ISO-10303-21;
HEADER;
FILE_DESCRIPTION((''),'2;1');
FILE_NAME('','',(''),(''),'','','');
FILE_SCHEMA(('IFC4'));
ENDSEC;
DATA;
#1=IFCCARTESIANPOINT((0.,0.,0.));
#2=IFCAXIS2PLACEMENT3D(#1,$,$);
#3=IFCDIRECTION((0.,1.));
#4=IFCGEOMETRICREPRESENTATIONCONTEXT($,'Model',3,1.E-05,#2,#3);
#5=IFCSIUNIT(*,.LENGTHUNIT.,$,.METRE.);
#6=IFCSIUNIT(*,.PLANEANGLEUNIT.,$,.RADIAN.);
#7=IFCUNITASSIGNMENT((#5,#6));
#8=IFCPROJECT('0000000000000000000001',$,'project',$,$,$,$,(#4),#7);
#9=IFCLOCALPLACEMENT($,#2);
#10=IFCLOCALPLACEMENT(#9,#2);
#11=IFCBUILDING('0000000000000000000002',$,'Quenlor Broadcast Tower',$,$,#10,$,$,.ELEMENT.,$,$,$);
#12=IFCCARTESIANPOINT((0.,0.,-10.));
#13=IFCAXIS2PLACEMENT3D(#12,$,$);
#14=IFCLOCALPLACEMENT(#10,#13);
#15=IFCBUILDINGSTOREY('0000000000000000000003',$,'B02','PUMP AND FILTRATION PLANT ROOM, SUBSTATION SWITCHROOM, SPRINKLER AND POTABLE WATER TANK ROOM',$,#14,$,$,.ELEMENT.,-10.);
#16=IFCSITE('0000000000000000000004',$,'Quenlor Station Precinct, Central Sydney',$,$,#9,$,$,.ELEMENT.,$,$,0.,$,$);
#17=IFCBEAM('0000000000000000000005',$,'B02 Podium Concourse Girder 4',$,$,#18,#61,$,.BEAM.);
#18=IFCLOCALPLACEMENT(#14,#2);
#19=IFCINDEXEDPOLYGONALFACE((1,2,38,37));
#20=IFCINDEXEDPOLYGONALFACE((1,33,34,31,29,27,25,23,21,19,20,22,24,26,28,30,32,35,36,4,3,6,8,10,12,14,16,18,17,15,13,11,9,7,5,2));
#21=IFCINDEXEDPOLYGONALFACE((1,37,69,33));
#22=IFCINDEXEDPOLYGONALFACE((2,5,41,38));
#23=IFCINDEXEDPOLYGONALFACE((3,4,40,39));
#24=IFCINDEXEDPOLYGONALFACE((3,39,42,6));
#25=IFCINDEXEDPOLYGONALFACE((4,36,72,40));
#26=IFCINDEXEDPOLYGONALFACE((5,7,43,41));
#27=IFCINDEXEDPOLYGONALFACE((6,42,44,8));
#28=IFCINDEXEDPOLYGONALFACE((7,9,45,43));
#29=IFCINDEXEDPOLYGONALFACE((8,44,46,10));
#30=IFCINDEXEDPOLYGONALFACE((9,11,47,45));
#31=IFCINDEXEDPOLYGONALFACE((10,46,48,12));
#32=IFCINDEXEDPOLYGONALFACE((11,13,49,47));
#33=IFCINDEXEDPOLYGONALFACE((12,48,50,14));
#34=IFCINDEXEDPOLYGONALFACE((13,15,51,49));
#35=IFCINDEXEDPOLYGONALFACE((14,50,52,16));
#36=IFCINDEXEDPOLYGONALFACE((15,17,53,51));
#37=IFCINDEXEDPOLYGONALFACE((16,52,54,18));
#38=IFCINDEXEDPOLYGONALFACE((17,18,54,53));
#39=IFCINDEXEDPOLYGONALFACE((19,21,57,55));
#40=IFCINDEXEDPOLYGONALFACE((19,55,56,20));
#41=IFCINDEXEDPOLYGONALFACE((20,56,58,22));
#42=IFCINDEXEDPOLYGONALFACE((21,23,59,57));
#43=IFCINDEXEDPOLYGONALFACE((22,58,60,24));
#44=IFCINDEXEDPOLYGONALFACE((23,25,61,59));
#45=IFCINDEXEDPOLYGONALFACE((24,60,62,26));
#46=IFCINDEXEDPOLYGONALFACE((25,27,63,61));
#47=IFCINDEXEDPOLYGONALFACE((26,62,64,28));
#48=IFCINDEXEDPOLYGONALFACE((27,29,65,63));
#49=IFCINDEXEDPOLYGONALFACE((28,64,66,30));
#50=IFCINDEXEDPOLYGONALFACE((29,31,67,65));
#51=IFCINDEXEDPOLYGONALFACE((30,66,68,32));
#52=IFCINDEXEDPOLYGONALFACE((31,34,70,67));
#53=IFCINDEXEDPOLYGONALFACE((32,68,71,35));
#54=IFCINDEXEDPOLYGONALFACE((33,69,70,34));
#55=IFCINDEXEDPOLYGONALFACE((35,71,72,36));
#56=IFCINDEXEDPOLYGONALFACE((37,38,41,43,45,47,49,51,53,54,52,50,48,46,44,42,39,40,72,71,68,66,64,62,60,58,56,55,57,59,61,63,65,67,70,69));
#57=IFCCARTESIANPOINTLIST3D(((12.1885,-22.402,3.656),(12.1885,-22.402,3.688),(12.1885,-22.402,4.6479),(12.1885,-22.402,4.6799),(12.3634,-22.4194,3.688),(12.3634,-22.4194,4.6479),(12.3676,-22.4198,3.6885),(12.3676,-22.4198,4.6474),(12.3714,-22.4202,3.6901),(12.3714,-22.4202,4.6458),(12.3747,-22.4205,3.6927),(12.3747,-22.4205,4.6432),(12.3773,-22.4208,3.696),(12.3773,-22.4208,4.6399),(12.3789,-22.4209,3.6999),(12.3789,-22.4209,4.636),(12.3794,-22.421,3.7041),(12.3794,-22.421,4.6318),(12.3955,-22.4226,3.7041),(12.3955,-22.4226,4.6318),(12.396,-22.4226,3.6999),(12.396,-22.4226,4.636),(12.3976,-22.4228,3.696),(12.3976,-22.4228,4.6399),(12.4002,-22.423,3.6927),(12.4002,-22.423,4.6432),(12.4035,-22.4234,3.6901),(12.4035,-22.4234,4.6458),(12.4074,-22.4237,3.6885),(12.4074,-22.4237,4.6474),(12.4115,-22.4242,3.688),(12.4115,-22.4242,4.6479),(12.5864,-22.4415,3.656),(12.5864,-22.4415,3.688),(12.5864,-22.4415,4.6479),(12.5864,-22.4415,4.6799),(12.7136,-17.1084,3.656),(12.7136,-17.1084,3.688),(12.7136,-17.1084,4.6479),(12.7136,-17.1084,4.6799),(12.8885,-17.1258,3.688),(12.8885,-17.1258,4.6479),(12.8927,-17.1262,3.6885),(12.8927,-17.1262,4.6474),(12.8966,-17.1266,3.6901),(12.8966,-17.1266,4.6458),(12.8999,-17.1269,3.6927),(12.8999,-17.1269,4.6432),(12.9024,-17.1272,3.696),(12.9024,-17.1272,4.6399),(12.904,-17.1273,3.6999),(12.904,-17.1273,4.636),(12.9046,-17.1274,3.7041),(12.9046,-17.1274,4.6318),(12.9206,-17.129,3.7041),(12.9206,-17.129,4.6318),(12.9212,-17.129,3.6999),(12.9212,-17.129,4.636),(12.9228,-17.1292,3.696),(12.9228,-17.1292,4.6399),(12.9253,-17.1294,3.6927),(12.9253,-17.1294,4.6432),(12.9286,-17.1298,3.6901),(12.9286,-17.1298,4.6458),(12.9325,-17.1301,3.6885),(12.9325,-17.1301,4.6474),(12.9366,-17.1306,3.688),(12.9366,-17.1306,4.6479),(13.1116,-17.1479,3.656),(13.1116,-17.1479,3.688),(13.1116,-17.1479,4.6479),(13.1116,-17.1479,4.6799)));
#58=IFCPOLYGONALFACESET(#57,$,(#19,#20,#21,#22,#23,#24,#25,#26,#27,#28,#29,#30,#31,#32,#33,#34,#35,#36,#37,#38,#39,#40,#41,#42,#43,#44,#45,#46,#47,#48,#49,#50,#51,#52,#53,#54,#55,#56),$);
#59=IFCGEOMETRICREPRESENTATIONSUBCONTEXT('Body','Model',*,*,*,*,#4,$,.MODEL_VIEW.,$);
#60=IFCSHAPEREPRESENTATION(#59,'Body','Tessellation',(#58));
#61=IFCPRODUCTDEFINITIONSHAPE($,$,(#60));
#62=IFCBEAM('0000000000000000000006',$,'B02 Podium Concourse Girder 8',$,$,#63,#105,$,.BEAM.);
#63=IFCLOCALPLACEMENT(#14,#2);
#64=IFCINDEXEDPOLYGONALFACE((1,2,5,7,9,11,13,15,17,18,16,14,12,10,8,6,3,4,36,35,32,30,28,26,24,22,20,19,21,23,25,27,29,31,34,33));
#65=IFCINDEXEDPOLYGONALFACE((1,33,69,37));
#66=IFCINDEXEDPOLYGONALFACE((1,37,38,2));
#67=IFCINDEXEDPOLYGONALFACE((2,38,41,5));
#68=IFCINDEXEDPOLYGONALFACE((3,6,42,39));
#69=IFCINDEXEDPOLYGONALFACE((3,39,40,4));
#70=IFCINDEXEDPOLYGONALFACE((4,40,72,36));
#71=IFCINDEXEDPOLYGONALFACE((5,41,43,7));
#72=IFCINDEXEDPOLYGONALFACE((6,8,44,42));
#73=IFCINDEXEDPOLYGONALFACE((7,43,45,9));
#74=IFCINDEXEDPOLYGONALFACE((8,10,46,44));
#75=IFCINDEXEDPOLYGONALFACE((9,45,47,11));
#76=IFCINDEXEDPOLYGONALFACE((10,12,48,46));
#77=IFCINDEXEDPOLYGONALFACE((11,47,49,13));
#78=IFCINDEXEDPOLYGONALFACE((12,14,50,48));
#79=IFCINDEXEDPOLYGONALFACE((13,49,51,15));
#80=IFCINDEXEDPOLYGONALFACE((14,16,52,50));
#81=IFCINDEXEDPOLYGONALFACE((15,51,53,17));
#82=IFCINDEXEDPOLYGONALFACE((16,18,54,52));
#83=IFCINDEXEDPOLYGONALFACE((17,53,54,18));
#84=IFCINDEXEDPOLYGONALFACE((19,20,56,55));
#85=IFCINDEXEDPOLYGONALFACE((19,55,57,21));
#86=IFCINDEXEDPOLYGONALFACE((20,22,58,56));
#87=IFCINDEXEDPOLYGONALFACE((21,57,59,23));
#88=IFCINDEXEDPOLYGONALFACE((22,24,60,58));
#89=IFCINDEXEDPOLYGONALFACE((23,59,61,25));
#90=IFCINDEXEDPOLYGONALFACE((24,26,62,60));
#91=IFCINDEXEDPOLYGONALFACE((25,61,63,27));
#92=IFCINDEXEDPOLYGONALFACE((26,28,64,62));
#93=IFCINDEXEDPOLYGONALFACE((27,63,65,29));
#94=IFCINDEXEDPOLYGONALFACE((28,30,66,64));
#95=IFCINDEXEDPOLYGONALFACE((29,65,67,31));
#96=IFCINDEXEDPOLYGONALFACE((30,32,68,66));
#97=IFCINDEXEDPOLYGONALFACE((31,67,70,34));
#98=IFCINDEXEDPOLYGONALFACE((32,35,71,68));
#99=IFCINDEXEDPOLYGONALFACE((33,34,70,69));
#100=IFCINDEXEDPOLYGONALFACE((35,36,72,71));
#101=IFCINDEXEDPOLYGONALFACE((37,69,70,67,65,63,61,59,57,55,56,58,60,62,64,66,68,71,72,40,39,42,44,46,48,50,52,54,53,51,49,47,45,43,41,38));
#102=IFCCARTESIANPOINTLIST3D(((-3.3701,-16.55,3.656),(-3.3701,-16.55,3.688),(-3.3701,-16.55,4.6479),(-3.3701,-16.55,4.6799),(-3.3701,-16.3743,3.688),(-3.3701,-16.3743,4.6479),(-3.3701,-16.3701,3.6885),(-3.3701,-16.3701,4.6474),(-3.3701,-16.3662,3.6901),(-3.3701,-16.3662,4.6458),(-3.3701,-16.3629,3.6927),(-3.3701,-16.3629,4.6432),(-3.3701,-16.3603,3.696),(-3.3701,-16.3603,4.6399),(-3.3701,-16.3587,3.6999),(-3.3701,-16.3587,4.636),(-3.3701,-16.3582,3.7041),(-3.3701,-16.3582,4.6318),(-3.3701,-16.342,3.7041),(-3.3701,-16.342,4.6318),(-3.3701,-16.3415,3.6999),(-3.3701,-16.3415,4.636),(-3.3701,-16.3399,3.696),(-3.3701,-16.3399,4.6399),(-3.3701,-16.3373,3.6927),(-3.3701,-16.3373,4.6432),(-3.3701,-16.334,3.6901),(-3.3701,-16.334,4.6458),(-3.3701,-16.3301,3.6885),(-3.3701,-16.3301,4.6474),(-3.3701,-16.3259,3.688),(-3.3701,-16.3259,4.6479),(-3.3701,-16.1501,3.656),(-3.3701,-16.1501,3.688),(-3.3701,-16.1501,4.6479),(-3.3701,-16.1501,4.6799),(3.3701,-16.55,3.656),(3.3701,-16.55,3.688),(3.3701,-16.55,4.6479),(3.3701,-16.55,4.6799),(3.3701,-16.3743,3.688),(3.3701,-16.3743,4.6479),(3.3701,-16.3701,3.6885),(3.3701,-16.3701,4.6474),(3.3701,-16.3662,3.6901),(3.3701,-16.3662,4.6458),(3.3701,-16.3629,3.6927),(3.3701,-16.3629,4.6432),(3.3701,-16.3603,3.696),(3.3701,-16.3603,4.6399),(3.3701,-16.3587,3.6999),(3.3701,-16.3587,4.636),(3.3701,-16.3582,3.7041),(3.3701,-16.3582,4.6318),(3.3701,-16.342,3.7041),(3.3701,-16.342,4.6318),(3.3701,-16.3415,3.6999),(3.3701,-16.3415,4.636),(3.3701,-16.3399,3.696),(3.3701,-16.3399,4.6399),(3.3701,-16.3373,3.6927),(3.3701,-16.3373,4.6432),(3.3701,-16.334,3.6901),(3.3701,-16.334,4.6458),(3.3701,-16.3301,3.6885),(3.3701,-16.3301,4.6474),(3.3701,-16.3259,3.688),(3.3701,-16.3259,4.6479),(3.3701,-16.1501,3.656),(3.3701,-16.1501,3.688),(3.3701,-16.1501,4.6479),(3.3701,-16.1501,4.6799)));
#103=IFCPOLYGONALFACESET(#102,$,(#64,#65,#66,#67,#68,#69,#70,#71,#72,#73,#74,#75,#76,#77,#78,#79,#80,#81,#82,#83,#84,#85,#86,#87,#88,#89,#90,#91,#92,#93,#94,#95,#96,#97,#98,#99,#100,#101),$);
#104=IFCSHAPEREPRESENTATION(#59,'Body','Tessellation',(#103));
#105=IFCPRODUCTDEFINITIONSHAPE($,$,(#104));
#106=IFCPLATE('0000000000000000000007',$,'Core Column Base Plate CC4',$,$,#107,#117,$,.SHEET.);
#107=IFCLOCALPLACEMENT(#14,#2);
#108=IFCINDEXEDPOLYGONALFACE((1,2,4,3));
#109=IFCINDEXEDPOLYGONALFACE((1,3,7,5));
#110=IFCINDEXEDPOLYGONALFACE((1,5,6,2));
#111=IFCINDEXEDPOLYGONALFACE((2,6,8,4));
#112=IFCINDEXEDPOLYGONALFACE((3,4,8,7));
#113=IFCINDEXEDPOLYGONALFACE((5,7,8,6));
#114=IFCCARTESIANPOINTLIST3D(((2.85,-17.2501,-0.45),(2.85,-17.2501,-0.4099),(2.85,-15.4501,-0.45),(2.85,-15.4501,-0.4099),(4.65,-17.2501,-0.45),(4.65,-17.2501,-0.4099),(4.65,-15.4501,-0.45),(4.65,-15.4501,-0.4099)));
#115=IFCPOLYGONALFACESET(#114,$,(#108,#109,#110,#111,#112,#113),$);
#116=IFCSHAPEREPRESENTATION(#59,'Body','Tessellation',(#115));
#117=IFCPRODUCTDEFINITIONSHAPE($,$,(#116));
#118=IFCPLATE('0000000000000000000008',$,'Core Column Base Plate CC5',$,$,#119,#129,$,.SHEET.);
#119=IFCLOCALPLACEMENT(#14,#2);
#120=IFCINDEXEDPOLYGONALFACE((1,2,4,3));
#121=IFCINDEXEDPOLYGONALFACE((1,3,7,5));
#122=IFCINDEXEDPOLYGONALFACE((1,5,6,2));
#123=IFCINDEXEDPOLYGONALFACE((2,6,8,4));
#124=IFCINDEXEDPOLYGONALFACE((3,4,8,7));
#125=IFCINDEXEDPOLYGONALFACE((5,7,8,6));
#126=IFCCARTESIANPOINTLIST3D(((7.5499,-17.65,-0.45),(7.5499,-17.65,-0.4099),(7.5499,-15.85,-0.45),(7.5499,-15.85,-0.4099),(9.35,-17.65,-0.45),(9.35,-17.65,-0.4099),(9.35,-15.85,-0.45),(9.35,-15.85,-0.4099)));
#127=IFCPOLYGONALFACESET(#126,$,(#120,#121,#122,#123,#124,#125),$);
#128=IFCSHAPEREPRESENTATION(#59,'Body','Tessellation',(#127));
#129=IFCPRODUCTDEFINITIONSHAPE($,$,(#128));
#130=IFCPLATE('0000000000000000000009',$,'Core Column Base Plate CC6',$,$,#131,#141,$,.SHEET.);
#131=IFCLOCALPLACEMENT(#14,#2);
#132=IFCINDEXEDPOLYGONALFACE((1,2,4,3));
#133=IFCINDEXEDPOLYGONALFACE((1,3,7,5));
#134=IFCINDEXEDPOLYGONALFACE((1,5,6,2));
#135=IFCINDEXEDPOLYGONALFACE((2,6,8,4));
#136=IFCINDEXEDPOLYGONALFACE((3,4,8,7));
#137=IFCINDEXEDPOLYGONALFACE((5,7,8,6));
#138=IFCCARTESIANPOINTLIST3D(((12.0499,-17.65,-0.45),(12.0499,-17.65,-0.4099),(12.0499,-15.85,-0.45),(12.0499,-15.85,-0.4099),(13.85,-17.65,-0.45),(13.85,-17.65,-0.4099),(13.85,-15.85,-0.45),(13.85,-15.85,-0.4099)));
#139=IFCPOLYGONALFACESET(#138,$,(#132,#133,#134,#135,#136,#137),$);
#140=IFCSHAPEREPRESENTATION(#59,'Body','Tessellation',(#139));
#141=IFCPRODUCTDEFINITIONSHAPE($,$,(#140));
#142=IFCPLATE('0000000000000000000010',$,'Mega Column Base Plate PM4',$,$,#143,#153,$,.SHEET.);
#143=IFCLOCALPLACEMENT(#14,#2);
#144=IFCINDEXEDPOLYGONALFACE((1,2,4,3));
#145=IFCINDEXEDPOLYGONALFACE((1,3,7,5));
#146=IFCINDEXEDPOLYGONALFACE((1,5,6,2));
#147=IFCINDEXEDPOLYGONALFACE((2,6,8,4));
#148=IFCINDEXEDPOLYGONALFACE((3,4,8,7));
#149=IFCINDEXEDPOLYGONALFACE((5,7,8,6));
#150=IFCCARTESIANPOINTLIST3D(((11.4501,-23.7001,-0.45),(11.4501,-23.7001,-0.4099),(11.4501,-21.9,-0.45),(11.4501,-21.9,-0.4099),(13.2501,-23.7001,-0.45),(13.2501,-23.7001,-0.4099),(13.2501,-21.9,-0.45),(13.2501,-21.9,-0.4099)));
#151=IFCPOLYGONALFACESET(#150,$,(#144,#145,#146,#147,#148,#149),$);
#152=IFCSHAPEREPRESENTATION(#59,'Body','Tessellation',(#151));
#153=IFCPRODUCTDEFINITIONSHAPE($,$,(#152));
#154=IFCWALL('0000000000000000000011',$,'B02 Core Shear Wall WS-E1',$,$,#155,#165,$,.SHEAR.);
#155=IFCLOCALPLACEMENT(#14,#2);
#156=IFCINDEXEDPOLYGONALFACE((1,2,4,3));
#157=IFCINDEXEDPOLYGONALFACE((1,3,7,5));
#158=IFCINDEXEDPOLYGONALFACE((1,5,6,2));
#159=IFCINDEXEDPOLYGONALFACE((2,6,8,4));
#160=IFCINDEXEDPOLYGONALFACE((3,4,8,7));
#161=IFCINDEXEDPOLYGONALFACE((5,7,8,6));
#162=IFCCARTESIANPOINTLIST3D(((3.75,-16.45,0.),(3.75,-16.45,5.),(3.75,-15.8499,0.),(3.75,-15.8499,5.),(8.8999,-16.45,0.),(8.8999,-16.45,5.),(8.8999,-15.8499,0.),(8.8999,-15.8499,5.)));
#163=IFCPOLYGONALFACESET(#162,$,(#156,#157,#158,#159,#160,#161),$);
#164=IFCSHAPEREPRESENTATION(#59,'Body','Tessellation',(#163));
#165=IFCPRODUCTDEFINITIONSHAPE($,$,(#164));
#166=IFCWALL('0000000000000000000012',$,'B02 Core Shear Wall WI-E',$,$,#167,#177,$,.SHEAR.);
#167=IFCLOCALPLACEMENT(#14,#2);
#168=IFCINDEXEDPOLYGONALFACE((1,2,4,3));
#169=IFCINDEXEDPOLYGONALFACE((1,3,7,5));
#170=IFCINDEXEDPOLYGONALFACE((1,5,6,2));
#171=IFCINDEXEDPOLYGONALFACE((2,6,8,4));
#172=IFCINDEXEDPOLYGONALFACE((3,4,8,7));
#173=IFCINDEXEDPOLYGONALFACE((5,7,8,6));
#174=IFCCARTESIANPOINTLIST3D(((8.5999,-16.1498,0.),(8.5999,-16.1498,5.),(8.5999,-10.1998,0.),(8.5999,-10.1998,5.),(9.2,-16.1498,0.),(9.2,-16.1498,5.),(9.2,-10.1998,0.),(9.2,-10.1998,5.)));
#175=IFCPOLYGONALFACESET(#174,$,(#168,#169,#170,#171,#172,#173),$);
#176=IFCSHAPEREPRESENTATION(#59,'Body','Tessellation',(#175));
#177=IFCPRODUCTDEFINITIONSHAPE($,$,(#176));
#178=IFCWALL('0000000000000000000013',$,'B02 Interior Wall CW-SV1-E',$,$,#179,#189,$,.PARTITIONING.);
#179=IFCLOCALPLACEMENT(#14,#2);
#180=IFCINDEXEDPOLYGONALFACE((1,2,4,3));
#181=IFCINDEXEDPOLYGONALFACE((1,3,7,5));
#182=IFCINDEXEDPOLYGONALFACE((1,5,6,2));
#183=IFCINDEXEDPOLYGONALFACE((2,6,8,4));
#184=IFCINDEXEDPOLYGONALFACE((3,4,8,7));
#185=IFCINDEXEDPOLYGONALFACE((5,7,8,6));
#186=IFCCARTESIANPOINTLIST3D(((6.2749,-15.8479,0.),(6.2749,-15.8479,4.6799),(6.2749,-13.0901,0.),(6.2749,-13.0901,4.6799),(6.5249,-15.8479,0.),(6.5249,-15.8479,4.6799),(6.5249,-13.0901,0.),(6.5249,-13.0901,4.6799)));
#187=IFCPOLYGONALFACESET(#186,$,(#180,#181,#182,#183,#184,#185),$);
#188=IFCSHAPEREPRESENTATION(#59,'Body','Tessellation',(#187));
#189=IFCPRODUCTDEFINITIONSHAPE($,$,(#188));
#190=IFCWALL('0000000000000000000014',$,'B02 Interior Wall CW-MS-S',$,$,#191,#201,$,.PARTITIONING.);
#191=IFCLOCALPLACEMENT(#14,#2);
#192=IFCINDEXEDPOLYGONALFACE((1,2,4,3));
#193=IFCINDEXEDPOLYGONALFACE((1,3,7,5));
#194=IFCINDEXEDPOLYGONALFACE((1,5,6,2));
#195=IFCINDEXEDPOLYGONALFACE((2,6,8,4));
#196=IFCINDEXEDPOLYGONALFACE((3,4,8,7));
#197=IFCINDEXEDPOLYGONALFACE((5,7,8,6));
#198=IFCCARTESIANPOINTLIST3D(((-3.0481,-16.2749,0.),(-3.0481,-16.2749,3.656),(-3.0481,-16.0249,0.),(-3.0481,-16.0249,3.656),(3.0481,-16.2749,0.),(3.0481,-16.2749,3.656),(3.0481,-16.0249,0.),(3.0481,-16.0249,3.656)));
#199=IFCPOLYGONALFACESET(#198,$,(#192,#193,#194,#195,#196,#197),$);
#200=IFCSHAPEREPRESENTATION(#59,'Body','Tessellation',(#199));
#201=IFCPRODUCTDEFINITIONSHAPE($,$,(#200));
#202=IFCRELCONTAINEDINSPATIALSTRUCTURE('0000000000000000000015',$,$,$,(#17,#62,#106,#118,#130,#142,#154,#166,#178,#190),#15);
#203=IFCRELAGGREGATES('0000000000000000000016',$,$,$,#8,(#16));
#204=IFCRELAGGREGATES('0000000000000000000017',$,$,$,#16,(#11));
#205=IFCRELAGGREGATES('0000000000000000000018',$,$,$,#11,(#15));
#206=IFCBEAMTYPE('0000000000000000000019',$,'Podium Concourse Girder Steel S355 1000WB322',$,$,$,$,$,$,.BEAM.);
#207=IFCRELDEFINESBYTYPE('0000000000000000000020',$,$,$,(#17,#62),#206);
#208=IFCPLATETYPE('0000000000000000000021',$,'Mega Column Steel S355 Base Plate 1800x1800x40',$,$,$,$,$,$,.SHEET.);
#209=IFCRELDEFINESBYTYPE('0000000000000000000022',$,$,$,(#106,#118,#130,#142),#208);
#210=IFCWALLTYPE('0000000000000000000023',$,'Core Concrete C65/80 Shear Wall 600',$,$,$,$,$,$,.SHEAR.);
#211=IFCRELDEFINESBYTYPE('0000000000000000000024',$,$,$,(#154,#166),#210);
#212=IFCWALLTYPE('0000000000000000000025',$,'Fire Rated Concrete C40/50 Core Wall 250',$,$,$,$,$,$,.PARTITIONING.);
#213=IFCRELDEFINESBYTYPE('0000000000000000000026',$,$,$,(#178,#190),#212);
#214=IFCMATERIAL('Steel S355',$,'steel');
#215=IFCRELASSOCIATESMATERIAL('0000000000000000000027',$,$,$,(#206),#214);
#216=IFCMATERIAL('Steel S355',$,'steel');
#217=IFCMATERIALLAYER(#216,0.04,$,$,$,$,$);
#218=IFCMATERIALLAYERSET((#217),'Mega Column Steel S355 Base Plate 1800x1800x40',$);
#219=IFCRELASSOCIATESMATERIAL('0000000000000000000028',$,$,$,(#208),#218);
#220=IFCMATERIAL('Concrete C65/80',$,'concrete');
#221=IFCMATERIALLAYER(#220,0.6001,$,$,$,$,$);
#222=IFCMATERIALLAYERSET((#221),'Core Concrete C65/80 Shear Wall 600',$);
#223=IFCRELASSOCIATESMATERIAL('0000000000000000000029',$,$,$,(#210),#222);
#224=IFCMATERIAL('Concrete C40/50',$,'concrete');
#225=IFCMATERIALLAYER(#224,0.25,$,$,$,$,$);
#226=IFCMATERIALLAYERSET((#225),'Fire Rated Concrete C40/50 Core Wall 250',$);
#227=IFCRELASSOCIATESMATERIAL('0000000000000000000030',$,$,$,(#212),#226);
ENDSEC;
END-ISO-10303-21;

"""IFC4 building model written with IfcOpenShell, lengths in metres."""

from ifc_helpers import new_model, si_unit, direction, frame, frame_2d, origin, origin_2d, place, context, subcontext, project, spatial, rectangle, i_section, extrude, material, layer, layer_set, material_profile, profile_set, type_object, element, save


model = new_model("IFC4")

# Units and contexts
model_context = context("Model", 3, precision=1e-05, world=origin(), true_north=direction((0.0, 1.0)))
body_context = subcontext(model_context, "Body", "Model", "MODEL_VIEW")
ifc_project = project(units=[si_unit("LENGTHUNIT", "METRE"), si_unit("PLANEANGLEUNIT", "RADIAN")], contexts=[model_context])

# Site, building, storey
site_placement = place(None, origin())
site = spatial("IfcSite", under=ifc_project, at=site_placement, Name="Quenlor Station Precinct, Central Sydney", CompositionType="ELEMENT", RefElevation=0.0)
building_placement = place(site_placement, origin())
building = spatial("IfcBuilding", under=site, at=building_placement, Name="Quenlor Broadcast Tower", CompositionType="ELEMENT")
storey_placement = place(building_placement, frame((0.0, 0.0, -10.0)))
storey = spatial("IfcBuildingStorey", under=building, at=storey_placement, Name="B02", Description="PUMP AND FILTRATION PLANT ROOM, SUBSTATION SWITCHROOM, SPRINKLER AND POTABLE WATER TANK ROOM", CompositionType="ELEMENT", Elevation=-10.0)

# Beams
ifc_material_1 = material(Name="Steel S355", Category="steel")
ifc_material_profile_1 = material_profile(ifc_material_1, i_section(OverallWidth=0.3999, OverallDepth=1.0239, WebThickness=0.0161, FlangeThickness=0.032, FilletRadius=0.0161, at=origin_2d()))
ifc_profile_set_1 = profile_set([ifc_material_profile_1], Name="Steel S355 1000WB322")
beam_type = type_object("IfcBeamType", Name="Podium Concourse Girder Steel S355 1000WB322", PredefinedType="BEAM", material=ifc_profile_set_1)
beam_1_placement = place(storey_placement, frame((12.9126, -17.1282, 4.168), z_axis=(-0.098718, -0.995115, 0.0), x_axis=(0.995115, -0.098718, 0.0)))
element("IfcBeam", 1, at=beam_1_placement, inside=storey, type_object=beam_type, Name="B02 Podium Concourse Girder 4", PredefinedType="BEAM", context=body_context, shape_type="SweptSolid", body=[
    extrude(i_section(OverallWidth=0.3999, OverallDepth=1.0239, WebThickness=0.0161, FlangeThickness=0.032, FilletRadius=0.0161, at=origin_2d()), origin(), (0.0, 0.0, 1.0), 5.3196),
])
beam_2_placement = place(storey_placement, frame((-3.3701, -16.3501, 4.168), z_axis=(1.0, 0.0, 0.0), x_axis=(0.0, 1.0, 0.0)))
element("IfcBeam", 2, at=beam_2_placement, inside=storey, type_object=beam_type, Name="B02 Podium Concourse Girder 8", PredefinedType="BEAM", context=body_context, shape_type="SweptSolid", body=[
    extrude(i_section(OverallWidth=0.3999, OverallDepth=1.0239, WebThickness=0.0161, FlangeThickness=0.032, FilletRadius=0.0161, at=origin_2d()), origin(), (0.0, 0.0, 1.0), 6.7402),
])

# Plates
ifc_material_2 = material(Name="Steel S355", Category="steel")
ifc_layer_1 = layer(ifc_material_2, 0.04)
ifc_layer_set_1 = layer_set([ifc_layer_1], Name="Mega Column Steel S355 Base Plate 1800x1800x40")
plate_type = type_object("IfcPlateType", Name="Mega Column Steel S355 Base Plate 1800x1800x40", PredefinedType="SHEET", material=ifc_layer_set_1)
for number, where, z_axis, x_axis, name in (
    (3, (3.75, -16.3501, -0.45), (0.0, 0.0, 1.0), (1.0, 0.0, 0.0), "Core Column Base Plate CC4"),
    (4, (8.45, -16.75, -0.45), (0.0, 0.0, 1.0), (1.0, 0.0, 0.0), "Core Column Base Plate CC5"),
    (5, (12.95, -16.75, -0.45), (0.0, 0.0, 1.0), (1.0, 0.0, 0.0), "Core Column Base Plate CC6"),
    (6, (12.3501, -22.8, -0.45), (0.0, 0.0, 1.0), (1.0, 0.0, 0.0), "Mega Column Base Plate PM4"),
):
    element("IfcPlate", number, at=place(storey_placement, frame(where, z_axis=z_axis, x_axis=x_axis)), inside=storey, type_object=plate_type, Name=name, PredefinedType="SHEET", context=body_context, shape_type="SweptSolid", body=[
        extrude(rectangle(XDim=1.8, YDim=1.8, at=origin_2d()), origin(), (0.0, 0.0, 1.0), 0.04),
    ])

# Walls
ifc_material_3 = material(Name="Concrete C65/80", Category="concrete")
ifc_layer_2 = layer(ifc_material_3, 0.6001)
ifc_layer_set_2 = layer_set([ifc_layer_2], Name="Core Concrete C65/80 Shear Wall 600")
wall_type_1 = type_object("IfcWallType", Name="Core Concrete C65/80 Shear Wall 600", PredefinedType="SHEAR", material=ifc_layer_set_2)
wall_1_placement = place(storey_placement, frame((3.75, -16.1499, 0.0), z_axis=(0.0, 0.0, 1.0), x_axis=(1.0, 0.0, 0.0)))
element("IfcWall", 7, at=wall_1_placement, inside=storey, type_object=wall_type_1, Name="B02 Core Shear Wall WS-E1", PredefinedType="SHEAR", context=body_context, shape_type="SweptSolid", body=[
    extrude(rectangle(XDim=5.1499, YDim=0.6001, at=frame_2d((2.575, 0.0))), origin(), (0.0, 0.0, 1.0), 5.0),
])
wall_2_placement = place(storey_placement, frame((8.8999, -16.1499, 0.0), z_axis=(0.0, 0.0, 1.0), x_axis=(0.0, 1.0, 0.0)))
element("IfcWall", 8, at=wall_2_placement, inside=storey, type_object=wall_type_1, Name="B02 Core Shear Wall WI-E", PredefinedType="SHEAR", context=body_context, shape_type="SweptSolid", body=[
    extrude(rectangle(XDim=5.95, YDim=0.6001, at=frame_2d((2.9751, 0.0))), origin(), (0.0, 0.0, 1.0), 5.0),
])
ifc_material_4 = material(Name="Concrete C40/50", Category="concrete")
ifc_layer_3 = layer(ifc_material_4, 0.25)
ifc_layer_set_3 = layer_set([ifc_layer_3], Name="Fire Rated Concrete C40/50 Core Wall 250")
wall_type_2 = type_object("IfcWallType", Name="Fire Rated Concrete C40/50 Core Wall 250", PredefinedType="PARTITIONING", material=ifc_layer_set_3)
wall_3_placement = place(storey_placement, frame((6.3999, -15.8479, 0.0), z_axis=(0.0, 0.0, 1.0), x_axis=(0.0, 1.0, 0.0)))
element("IfcWall", 9, at=wall_3_placement, inside=storey, type_object=wall_type_2, Name="B02 Interior Wall CW-SV1-E", PredefinedType="PARTITIONING", context=body_context, shape_type="SweptSolid", body=[
    extrude(rectangle(XDim=2.7578, YDim=0.25, at=frame_2d((1.3789, 0.0))), origin(), (0.0, 0.0, 1.0), 4.6799),
])
wall_4_placement = place(storey_placement, frame((-3.0481, -16.1499, 0.0), z_axis=(0.0, 0.0, 1.0), x_axis=(1.0, 0.0, 0.0)))
element("IfcWall", 10, at=wall_4_placement, inside=storey, type_object=wall_type_2, Name="B02 Interior Wall CW-MS-S", PredefinedType="PARTITIONING", context=body_context, shape_type="SweptSolid", body=[
    extrude(rectangle(XDim=6.0962, YDim=0.25, at=frame_2d((3.0481, 0.0))), origin(), (0.0, 0.0, 1.0), 3.656),
])

save(model, "model.ifc")
